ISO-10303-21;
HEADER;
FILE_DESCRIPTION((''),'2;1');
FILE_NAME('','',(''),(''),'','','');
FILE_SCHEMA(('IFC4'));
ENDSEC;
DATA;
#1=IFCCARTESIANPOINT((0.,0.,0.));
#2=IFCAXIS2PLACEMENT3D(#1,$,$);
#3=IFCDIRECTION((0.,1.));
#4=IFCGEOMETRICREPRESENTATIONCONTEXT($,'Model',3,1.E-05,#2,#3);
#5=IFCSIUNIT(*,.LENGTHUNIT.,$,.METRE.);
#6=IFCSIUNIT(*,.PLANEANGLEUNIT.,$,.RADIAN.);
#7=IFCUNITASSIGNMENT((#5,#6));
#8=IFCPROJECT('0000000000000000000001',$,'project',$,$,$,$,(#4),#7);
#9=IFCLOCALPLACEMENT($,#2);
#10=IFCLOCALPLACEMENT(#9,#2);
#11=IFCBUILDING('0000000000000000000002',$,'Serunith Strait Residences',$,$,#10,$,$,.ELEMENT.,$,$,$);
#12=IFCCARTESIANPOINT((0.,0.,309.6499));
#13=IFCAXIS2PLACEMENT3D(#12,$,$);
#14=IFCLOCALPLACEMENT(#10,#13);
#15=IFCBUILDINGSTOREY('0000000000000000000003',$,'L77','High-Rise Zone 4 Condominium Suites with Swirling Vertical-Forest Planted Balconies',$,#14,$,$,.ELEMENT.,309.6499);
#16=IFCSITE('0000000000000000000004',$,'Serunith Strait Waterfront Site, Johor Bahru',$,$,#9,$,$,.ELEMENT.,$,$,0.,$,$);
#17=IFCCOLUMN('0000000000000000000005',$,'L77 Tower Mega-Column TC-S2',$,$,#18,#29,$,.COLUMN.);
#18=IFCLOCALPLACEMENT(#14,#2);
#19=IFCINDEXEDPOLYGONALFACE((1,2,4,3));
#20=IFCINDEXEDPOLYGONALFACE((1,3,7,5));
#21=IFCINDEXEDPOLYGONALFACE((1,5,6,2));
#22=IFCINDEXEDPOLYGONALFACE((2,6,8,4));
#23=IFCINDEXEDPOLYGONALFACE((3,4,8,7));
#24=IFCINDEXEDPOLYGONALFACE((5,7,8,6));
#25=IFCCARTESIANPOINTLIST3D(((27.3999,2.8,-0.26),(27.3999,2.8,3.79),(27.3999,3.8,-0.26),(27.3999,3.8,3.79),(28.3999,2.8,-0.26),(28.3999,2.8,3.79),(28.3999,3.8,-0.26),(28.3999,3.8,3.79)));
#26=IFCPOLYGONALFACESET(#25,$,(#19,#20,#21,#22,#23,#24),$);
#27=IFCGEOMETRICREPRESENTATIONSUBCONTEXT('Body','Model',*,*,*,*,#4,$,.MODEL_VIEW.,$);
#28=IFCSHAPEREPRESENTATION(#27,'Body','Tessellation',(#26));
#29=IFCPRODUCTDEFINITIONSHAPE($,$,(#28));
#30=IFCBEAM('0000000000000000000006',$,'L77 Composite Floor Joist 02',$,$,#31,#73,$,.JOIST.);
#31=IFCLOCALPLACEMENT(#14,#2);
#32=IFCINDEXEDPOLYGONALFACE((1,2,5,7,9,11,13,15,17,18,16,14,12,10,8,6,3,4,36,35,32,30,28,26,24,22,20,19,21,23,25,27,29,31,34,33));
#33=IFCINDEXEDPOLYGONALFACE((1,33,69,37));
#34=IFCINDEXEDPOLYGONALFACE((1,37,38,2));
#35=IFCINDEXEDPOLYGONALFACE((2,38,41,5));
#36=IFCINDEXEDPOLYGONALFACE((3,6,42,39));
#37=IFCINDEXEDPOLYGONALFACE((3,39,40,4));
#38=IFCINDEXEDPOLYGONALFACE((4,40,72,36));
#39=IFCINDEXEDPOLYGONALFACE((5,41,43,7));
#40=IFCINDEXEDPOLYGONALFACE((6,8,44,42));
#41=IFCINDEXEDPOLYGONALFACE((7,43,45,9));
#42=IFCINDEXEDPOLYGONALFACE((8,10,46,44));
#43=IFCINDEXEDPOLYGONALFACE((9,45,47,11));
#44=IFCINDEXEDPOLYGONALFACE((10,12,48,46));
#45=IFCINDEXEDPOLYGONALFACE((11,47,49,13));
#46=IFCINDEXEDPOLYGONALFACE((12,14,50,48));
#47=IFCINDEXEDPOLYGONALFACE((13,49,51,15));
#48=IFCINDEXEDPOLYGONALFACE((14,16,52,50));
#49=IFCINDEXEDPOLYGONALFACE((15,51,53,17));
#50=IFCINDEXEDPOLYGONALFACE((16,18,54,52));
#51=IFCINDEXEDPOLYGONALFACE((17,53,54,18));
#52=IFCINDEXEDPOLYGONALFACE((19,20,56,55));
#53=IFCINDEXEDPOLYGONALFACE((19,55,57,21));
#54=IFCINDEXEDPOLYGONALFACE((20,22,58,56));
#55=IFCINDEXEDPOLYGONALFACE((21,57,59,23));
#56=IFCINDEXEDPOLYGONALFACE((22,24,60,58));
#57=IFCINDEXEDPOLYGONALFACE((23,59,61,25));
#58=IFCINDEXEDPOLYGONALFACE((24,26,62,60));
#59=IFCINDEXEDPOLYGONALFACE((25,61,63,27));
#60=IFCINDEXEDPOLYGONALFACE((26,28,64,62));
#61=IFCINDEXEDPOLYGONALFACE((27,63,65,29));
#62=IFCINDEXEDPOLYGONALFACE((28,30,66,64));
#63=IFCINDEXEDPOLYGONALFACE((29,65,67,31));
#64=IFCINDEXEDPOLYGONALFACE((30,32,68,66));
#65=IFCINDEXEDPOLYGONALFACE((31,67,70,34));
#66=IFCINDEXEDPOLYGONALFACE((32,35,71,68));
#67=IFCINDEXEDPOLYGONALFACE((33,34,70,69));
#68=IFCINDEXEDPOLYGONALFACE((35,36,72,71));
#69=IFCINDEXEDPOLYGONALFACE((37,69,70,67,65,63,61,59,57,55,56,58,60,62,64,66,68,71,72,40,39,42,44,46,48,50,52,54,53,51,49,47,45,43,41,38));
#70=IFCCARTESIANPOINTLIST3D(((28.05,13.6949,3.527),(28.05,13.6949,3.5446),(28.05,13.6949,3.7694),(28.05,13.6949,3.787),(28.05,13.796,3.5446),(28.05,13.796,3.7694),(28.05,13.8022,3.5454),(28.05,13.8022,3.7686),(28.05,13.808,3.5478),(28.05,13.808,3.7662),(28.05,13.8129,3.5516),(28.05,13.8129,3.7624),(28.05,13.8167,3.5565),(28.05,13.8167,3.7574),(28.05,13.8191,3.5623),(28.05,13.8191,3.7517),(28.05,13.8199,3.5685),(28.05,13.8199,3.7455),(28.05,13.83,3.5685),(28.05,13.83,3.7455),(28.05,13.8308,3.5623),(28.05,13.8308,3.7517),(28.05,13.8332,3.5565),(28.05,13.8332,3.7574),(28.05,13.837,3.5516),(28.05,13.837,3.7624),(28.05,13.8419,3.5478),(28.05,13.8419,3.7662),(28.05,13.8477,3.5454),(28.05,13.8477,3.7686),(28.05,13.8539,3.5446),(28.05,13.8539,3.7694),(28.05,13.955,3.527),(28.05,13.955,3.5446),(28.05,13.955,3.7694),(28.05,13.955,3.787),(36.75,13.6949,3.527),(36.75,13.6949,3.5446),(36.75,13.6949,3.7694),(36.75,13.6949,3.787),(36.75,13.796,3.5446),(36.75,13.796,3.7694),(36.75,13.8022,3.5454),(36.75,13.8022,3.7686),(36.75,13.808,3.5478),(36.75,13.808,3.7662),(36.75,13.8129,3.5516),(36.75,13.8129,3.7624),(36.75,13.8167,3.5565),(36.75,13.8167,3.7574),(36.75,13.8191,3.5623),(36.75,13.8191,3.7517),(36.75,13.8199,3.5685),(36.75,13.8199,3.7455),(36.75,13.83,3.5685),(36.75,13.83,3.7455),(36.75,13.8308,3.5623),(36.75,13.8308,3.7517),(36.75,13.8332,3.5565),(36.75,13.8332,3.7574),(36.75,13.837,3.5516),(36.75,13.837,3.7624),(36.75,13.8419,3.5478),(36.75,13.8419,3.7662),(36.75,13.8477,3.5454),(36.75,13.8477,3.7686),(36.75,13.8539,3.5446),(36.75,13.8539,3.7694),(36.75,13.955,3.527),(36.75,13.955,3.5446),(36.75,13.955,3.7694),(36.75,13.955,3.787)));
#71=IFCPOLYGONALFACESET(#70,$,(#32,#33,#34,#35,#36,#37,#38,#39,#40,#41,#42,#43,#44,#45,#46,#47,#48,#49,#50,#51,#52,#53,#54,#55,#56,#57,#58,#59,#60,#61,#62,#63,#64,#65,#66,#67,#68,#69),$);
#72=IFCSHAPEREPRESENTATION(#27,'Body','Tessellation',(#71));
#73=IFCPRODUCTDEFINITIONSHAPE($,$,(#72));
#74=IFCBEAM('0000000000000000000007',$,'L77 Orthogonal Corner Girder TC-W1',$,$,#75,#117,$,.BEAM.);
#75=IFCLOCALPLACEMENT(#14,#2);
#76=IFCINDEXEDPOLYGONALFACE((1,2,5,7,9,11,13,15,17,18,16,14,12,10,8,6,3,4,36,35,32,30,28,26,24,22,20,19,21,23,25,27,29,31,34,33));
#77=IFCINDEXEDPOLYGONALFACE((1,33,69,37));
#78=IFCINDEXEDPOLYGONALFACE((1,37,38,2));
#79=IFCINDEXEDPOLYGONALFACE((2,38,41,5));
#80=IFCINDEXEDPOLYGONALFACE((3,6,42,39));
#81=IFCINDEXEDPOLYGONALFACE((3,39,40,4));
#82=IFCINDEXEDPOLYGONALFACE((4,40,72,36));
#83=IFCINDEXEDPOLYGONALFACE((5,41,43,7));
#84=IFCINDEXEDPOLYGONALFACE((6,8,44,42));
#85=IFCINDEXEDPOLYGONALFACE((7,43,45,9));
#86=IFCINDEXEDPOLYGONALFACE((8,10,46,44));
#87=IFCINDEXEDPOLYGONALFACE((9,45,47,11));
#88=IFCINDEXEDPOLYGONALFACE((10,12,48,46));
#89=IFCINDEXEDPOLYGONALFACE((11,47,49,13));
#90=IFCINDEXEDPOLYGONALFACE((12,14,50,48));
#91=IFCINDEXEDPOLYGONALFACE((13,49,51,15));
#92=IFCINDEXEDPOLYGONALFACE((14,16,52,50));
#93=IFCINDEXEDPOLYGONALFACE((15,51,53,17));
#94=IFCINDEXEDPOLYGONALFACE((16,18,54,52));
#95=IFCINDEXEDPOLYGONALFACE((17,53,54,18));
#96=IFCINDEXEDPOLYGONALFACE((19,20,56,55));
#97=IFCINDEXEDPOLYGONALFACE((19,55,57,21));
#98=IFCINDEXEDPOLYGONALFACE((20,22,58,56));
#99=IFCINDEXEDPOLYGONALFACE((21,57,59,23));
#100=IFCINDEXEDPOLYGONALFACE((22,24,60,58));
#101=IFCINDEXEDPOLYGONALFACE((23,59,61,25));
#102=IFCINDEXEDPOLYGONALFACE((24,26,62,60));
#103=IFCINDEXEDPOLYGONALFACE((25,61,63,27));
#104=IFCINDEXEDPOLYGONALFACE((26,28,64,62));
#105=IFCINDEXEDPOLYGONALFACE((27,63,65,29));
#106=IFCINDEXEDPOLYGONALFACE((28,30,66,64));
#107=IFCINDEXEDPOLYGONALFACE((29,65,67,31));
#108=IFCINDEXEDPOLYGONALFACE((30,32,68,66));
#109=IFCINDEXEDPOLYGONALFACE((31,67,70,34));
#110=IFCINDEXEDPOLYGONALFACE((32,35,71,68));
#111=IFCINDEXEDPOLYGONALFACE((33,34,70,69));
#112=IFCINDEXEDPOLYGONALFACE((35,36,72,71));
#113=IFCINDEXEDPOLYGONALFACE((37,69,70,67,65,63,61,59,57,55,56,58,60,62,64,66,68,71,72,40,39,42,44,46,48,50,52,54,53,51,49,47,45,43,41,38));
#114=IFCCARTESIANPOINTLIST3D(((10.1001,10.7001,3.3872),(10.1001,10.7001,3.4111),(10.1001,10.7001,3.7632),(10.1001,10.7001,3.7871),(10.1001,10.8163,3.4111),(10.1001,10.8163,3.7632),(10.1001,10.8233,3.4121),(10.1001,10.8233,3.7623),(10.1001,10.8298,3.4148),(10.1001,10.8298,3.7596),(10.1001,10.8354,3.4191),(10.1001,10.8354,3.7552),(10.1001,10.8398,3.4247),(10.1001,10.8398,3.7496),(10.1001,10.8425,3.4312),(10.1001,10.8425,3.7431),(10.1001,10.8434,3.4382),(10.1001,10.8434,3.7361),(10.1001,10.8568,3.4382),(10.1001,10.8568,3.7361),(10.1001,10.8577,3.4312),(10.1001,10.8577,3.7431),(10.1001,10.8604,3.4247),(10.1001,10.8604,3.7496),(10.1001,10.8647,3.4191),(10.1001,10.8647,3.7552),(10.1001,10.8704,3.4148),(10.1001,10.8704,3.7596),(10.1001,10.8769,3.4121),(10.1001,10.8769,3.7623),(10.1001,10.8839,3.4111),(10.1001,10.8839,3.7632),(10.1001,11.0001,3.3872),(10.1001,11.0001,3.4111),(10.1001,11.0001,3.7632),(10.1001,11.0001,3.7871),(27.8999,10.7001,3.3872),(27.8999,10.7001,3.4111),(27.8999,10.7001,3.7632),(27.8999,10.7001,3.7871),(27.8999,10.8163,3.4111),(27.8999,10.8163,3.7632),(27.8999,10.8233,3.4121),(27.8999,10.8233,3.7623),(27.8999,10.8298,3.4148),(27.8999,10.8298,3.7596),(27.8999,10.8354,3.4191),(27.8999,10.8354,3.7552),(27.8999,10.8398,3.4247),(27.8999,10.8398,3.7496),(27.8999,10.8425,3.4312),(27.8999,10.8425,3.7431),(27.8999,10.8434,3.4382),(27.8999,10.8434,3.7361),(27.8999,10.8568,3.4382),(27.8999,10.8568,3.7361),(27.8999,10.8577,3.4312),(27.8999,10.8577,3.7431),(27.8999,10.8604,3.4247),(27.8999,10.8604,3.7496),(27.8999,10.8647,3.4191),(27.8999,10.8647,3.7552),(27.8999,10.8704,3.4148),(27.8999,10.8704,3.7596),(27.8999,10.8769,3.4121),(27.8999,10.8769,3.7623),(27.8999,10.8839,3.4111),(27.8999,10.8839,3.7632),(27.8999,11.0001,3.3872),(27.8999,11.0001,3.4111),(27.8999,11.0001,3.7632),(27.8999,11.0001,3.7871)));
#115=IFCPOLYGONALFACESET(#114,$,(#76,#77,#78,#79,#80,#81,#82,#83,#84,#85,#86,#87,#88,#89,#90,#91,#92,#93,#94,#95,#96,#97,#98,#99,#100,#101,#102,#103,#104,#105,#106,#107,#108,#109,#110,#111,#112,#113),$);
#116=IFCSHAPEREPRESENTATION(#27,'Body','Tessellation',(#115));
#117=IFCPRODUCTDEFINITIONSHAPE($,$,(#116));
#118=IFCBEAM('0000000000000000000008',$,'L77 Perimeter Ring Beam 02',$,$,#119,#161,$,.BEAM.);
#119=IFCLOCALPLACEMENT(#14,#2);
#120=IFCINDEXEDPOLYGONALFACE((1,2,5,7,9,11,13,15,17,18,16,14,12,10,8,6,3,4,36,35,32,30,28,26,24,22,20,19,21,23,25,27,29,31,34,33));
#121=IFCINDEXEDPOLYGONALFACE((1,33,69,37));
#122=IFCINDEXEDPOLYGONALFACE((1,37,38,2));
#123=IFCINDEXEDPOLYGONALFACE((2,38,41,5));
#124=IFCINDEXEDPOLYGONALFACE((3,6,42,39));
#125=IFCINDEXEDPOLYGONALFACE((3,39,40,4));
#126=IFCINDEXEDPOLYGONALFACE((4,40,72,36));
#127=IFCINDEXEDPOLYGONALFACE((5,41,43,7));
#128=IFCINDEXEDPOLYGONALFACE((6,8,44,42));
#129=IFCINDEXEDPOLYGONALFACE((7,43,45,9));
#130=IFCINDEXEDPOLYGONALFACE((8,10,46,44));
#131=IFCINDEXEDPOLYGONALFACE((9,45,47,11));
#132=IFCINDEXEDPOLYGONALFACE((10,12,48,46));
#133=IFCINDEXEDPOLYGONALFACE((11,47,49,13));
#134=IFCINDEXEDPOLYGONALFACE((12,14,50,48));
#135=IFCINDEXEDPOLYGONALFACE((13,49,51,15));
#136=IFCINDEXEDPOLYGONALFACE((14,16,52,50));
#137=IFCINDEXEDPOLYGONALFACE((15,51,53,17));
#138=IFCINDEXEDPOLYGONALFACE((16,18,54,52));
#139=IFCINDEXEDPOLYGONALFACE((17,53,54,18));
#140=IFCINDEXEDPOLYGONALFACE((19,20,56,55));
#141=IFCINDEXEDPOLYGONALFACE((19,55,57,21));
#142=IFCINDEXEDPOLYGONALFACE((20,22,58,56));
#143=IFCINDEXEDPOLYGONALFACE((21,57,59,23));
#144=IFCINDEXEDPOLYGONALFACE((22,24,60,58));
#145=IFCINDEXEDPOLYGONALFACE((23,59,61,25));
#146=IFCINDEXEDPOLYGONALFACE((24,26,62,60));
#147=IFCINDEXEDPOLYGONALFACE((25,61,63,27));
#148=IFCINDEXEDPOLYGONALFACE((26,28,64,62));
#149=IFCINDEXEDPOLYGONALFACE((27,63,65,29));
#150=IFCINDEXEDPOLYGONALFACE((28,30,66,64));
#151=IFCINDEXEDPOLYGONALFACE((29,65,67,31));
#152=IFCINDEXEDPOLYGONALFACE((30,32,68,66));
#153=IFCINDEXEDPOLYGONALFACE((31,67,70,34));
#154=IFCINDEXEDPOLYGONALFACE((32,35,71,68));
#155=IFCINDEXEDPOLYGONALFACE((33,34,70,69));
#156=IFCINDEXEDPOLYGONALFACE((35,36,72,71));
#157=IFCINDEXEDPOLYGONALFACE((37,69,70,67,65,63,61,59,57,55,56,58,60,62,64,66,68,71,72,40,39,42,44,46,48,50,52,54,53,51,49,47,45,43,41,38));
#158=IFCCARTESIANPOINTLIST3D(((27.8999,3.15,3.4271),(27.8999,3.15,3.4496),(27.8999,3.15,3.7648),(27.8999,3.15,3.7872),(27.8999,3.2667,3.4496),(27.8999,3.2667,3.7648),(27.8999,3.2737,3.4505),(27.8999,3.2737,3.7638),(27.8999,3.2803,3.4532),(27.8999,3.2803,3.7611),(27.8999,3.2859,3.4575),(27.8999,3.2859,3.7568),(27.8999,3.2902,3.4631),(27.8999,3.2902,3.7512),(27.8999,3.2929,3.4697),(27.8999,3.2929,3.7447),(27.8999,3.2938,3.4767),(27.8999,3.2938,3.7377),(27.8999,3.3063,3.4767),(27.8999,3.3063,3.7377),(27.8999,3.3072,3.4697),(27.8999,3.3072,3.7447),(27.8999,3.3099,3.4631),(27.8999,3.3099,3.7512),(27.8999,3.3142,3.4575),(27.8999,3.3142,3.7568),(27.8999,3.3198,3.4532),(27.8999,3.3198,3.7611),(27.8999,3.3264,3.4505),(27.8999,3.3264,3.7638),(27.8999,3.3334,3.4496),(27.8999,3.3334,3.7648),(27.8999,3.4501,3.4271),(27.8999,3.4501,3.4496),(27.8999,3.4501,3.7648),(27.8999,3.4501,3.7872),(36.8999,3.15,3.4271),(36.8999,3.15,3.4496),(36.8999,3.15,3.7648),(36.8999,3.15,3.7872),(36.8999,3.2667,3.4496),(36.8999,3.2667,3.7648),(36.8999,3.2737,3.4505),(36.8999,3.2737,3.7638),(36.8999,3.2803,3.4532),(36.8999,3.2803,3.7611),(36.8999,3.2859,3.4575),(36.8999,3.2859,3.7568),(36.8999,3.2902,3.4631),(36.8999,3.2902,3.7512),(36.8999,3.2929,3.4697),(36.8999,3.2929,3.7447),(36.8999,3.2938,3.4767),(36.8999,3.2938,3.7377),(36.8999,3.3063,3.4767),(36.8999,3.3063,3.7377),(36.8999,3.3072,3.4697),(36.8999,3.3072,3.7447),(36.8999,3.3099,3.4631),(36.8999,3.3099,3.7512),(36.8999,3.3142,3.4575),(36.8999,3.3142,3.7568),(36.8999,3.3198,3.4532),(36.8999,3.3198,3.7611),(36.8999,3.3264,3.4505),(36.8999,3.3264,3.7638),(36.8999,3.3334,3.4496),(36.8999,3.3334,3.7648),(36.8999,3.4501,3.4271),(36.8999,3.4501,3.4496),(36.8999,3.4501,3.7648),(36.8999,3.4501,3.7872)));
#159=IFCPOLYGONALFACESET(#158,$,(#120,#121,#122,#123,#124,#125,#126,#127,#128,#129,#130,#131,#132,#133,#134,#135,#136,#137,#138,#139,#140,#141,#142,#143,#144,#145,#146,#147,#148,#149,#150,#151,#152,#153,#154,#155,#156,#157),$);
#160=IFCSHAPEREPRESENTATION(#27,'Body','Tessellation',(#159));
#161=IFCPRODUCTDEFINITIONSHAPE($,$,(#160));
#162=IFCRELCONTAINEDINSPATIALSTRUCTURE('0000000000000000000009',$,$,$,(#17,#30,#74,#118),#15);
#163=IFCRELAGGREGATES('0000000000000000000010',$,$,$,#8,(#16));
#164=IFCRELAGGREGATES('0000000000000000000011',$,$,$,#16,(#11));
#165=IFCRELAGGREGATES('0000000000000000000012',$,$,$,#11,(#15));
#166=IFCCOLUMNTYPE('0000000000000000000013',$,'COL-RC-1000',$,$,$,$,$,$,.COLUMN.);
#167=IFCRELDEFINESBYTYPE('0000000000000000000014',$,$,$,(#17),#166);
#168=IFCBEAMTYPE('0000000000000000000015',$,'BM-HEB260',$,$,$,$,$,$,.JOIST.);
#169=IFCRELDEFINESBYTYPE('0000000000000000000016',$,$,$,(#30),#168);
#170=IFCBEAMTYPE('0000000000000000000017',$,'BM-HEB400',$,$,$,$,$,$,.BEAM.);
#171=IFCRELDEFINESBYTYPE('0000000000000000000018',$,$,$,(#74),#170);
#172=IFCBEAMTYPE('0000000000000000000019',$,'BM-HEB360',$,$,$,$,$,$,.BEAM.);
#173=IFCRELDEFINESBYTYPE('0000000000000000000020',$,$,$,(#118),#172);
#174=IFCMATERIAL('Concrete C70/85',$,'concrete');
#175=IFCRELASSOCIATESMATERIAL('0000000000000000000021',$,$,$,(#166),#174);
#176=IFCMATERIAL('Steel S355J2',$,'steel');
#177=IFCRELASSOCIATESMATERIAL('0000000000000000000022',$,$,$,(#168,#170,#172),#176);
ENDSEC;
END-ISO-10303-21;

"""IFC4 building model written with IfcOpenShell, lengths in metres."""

from ifc_helpers import new_model, si_unit, direction, frame, origin, origin_2d, place, context, subcontext, project, spatial, rectangle, i_section, extrude, source, transform, mapped, material, material_profile, profile_set, type_object, element, save


model = new_model("IFC4")

# Units and contexts
model_context = context("Model", 3, precision=1e-05, world=origin(), true_north=direction((0.0, 1.0)))
body_context = subcontext(model_context, "Body", "Model", "MODEL_VIEW")
ifc_project = project(units=[si_unit("LENGTHUNIT", "METRE"), si_unit("PLANEANGLEUNIT", "RADIAN")], contexts=[model_context])

# Site, building, storey
site_placement = place(None, origin())
site = spatial("IfcSite", under=ifc_project, at=site_placement, Name="Serunith Strait Waterfront Site, Johor Bahru", CompositionType="ELEMENT", RefElevation=0.0)
building_placement = place(site_placement, origin())
building = spatial("IfcBuilding", under=site, at=building_placement, Name="Serunith Strait Residences", CompositionType="ELEMENT")
storey_placement = place(building_placement, frame((0.0, 0.0, 309.6499)))
storey = spatial("IfcBuildingStorey", under=building, at=storey_placement, Name="L77", Description="High-Rise Zone 4 Condominium Suites with Swirling Vertical-Forest Planted Balconies", CompositionType="ELEMENT", Elevation=309.6499)

# Column
ifc_material_1 = material(Name="Concrete C70/85", Category="concrete")
ifc_material_profile_1 = material_profile(ifc_material_1, rectangle(XDim=1.0, YDim=1.0, at=origin_2d()), Name="RC 1000x1000")
ifc_profile_set_1 = profile_set([ifc_material_profile_1], Name="Concrete C70/85")
column_type = type_object("IfcColumnType", Name="COL-RC-1000", PredefinedType="COLUMN", material=ifc_profile_set_1)
shared_shape_1 = source(origin(), body_context, "Body", "SweptSolid", [
    extrude(rectangle(XDim=1.0, YDim=1.0, at=origin_2d()), origin(), (0.0, 0.0, 1.0), 4.05),
])
column_placement = place(storey_placement, frame((27.8999, 3.3, -0.26), z_axis=(0.0, 0.0, 1.0), x_axis=(1.0, 0.0, 0.0)))
element("IfcColumn", 1, at=column_placement, inside=storey, type_object=column_type, Name="L77 Tower Mega-Column TC-S2", PredefinedType="COLUMN", context=body_context, shape_type="MappedRepresentation", body=[
    mapped(shared_shape_1, transform((0.0, 0.0, 0.0), scale=1.0)),
])

# Beams
ifc_material_2 = material(Name="Steel S355J2", Category="steel")
ifc_material_profile_2 = material_profile(ifc_material_2, i_section(OverallWidth=0.26, OverallDepth=0.26, WebThickness=0.01, FlangeThickness=0.0176, FilletRadius=0.0239, at=origin_2d()), Name="HEB 260")
ifc_profile_set_2 = profile_set([ifc_material_profile_2], Name="Steel S355J2")
beam_type_1 = type_object("IfcBeamType", Name="BM-HEB260", PredefinedType="JOIST", material=ifc_profile_set_2)
shared_shape_2 = source(origin(), body_context, "Body", "SweptSolid", [
    extrude(i_section(OverallWidth=0.26, OverallDepth=0.26, WebThickness=0.01, FlangeThickness=0.0176, FilletRadius=0.0239, at=origin_2d()), origin(), (0.0, 0.0, 1.0), 8.7),
])
beam_1_placement = place(storey_placement, frame((28.05, 13.825, 3.657), z_axis=(1.0, 0.0, 0.0), x_axis=(0.0, 1.0, 0.0)))
element("IfcBeam", 2, at=beam_1_placement, inside=storey, type_object=beam_type_1, Name="L77 Composite Floor Joist 02", PredefinedType="JOIST", context=body_context, shape_type="MappedRepresentation", body=[
    mapped(shared_shape_2, transform((0.0, 0.0, 0.0), scale=1.0)),
])
ifc_material_profile_3 = material_profile(ifc_material_2, i_section(OverallWidth=0.3, OverallDepth=0.3999, WebThickness=0.0134, FlangeThickness=0.0239, FilletRadius=0.0271, at=origin_2d()), Name="HEB 400")
ifc_profile_set_3 = profile_set([ifc_material_profile_3], Name="Steel S355J2")
beam_type_2 = type_object("IfcBeamType", Name="BM-HEB400", PredefinedType="BEAM", material=ifc_profile_set_3)
shared_shape_3 = source(origin(), body_context, "Body", "SweptSolid", [
    extrude(i_section(OverallWidth=0.3, OverallDepth=0.3999, WebThickness=0.0134, FlangeThickness=0.0239, FilletRadius=0.0271, at=origin_2d()), origin(), (0.0, 0.0, 1.0), 17.7998),
])
beam_2_placement = place(storey_placement, frame((27.8999, 10.8501, 3.5872), z_axis=(-1.0, 0.0, 0.0), x_axis=(0.0, -1.0, 0.0)))
element("IfcBeam", 3, at=beam_2_placement, inside=storey, type_object=beam_type_2, Name="L77 Orthogonal Corner Girder TC-W1", PredefinedType="BEAM", context=body_context, shape_type="MappedRepresentation", body=[
    mapped(shared_shape_3, transform((0.0, 0.0, 0.0), scale=1.0)),
])
ifc_material_profile_4 = material_profile(ifc_material_2, i_section(OverallWidth=0.3, OverallDepth=0.3601, WebThickness=0.0125, FlangeThickness=0.0225, FilletRadius=0.0271, at=origin_2d()), Name="HEB 360")
ifc_profile_set_4 = profile_set([ifc_material_profile_4], Name="Steel S355J2")
beam_type_3 = type_object("IfcBeamType", Name="BM-HEB360", PredefinedType="BEAM", material=ifc_profile_set_4)
shared_shape_4 = source(origin(), body_context, "Body", "SweptSolid", [
    extrude(i_section(OverallWidth=0.3, OverallDepth=0.3601, WebThickness=0.0125, FlangeThickness=0.0225, FilletRadius=0.0271, at=origin_2d()), origin(), (0.0, 0.0, 1.0), 9.0),
])
beam_3_placement = place(storey_placement, frame((27.8999, 3.3, 3.6072), z_axis=(1.0, 0.0, 0.0), x_axis=(0.0, 1.0, 0.0)))
element("IfcBeam", 4, at=beam_3_placement, inside=storey, type_object=beam_type_3, Name="L77 Perimeter Ring Beam 02", PredefinedType="BEAM", context=body_context, shape_type="MappedRepresentation", body=[
    mapped(shared_shape_4, transform((0.0, 0.0, 0.0), scale=1.0)),
])

save(model, "model.ifc")
